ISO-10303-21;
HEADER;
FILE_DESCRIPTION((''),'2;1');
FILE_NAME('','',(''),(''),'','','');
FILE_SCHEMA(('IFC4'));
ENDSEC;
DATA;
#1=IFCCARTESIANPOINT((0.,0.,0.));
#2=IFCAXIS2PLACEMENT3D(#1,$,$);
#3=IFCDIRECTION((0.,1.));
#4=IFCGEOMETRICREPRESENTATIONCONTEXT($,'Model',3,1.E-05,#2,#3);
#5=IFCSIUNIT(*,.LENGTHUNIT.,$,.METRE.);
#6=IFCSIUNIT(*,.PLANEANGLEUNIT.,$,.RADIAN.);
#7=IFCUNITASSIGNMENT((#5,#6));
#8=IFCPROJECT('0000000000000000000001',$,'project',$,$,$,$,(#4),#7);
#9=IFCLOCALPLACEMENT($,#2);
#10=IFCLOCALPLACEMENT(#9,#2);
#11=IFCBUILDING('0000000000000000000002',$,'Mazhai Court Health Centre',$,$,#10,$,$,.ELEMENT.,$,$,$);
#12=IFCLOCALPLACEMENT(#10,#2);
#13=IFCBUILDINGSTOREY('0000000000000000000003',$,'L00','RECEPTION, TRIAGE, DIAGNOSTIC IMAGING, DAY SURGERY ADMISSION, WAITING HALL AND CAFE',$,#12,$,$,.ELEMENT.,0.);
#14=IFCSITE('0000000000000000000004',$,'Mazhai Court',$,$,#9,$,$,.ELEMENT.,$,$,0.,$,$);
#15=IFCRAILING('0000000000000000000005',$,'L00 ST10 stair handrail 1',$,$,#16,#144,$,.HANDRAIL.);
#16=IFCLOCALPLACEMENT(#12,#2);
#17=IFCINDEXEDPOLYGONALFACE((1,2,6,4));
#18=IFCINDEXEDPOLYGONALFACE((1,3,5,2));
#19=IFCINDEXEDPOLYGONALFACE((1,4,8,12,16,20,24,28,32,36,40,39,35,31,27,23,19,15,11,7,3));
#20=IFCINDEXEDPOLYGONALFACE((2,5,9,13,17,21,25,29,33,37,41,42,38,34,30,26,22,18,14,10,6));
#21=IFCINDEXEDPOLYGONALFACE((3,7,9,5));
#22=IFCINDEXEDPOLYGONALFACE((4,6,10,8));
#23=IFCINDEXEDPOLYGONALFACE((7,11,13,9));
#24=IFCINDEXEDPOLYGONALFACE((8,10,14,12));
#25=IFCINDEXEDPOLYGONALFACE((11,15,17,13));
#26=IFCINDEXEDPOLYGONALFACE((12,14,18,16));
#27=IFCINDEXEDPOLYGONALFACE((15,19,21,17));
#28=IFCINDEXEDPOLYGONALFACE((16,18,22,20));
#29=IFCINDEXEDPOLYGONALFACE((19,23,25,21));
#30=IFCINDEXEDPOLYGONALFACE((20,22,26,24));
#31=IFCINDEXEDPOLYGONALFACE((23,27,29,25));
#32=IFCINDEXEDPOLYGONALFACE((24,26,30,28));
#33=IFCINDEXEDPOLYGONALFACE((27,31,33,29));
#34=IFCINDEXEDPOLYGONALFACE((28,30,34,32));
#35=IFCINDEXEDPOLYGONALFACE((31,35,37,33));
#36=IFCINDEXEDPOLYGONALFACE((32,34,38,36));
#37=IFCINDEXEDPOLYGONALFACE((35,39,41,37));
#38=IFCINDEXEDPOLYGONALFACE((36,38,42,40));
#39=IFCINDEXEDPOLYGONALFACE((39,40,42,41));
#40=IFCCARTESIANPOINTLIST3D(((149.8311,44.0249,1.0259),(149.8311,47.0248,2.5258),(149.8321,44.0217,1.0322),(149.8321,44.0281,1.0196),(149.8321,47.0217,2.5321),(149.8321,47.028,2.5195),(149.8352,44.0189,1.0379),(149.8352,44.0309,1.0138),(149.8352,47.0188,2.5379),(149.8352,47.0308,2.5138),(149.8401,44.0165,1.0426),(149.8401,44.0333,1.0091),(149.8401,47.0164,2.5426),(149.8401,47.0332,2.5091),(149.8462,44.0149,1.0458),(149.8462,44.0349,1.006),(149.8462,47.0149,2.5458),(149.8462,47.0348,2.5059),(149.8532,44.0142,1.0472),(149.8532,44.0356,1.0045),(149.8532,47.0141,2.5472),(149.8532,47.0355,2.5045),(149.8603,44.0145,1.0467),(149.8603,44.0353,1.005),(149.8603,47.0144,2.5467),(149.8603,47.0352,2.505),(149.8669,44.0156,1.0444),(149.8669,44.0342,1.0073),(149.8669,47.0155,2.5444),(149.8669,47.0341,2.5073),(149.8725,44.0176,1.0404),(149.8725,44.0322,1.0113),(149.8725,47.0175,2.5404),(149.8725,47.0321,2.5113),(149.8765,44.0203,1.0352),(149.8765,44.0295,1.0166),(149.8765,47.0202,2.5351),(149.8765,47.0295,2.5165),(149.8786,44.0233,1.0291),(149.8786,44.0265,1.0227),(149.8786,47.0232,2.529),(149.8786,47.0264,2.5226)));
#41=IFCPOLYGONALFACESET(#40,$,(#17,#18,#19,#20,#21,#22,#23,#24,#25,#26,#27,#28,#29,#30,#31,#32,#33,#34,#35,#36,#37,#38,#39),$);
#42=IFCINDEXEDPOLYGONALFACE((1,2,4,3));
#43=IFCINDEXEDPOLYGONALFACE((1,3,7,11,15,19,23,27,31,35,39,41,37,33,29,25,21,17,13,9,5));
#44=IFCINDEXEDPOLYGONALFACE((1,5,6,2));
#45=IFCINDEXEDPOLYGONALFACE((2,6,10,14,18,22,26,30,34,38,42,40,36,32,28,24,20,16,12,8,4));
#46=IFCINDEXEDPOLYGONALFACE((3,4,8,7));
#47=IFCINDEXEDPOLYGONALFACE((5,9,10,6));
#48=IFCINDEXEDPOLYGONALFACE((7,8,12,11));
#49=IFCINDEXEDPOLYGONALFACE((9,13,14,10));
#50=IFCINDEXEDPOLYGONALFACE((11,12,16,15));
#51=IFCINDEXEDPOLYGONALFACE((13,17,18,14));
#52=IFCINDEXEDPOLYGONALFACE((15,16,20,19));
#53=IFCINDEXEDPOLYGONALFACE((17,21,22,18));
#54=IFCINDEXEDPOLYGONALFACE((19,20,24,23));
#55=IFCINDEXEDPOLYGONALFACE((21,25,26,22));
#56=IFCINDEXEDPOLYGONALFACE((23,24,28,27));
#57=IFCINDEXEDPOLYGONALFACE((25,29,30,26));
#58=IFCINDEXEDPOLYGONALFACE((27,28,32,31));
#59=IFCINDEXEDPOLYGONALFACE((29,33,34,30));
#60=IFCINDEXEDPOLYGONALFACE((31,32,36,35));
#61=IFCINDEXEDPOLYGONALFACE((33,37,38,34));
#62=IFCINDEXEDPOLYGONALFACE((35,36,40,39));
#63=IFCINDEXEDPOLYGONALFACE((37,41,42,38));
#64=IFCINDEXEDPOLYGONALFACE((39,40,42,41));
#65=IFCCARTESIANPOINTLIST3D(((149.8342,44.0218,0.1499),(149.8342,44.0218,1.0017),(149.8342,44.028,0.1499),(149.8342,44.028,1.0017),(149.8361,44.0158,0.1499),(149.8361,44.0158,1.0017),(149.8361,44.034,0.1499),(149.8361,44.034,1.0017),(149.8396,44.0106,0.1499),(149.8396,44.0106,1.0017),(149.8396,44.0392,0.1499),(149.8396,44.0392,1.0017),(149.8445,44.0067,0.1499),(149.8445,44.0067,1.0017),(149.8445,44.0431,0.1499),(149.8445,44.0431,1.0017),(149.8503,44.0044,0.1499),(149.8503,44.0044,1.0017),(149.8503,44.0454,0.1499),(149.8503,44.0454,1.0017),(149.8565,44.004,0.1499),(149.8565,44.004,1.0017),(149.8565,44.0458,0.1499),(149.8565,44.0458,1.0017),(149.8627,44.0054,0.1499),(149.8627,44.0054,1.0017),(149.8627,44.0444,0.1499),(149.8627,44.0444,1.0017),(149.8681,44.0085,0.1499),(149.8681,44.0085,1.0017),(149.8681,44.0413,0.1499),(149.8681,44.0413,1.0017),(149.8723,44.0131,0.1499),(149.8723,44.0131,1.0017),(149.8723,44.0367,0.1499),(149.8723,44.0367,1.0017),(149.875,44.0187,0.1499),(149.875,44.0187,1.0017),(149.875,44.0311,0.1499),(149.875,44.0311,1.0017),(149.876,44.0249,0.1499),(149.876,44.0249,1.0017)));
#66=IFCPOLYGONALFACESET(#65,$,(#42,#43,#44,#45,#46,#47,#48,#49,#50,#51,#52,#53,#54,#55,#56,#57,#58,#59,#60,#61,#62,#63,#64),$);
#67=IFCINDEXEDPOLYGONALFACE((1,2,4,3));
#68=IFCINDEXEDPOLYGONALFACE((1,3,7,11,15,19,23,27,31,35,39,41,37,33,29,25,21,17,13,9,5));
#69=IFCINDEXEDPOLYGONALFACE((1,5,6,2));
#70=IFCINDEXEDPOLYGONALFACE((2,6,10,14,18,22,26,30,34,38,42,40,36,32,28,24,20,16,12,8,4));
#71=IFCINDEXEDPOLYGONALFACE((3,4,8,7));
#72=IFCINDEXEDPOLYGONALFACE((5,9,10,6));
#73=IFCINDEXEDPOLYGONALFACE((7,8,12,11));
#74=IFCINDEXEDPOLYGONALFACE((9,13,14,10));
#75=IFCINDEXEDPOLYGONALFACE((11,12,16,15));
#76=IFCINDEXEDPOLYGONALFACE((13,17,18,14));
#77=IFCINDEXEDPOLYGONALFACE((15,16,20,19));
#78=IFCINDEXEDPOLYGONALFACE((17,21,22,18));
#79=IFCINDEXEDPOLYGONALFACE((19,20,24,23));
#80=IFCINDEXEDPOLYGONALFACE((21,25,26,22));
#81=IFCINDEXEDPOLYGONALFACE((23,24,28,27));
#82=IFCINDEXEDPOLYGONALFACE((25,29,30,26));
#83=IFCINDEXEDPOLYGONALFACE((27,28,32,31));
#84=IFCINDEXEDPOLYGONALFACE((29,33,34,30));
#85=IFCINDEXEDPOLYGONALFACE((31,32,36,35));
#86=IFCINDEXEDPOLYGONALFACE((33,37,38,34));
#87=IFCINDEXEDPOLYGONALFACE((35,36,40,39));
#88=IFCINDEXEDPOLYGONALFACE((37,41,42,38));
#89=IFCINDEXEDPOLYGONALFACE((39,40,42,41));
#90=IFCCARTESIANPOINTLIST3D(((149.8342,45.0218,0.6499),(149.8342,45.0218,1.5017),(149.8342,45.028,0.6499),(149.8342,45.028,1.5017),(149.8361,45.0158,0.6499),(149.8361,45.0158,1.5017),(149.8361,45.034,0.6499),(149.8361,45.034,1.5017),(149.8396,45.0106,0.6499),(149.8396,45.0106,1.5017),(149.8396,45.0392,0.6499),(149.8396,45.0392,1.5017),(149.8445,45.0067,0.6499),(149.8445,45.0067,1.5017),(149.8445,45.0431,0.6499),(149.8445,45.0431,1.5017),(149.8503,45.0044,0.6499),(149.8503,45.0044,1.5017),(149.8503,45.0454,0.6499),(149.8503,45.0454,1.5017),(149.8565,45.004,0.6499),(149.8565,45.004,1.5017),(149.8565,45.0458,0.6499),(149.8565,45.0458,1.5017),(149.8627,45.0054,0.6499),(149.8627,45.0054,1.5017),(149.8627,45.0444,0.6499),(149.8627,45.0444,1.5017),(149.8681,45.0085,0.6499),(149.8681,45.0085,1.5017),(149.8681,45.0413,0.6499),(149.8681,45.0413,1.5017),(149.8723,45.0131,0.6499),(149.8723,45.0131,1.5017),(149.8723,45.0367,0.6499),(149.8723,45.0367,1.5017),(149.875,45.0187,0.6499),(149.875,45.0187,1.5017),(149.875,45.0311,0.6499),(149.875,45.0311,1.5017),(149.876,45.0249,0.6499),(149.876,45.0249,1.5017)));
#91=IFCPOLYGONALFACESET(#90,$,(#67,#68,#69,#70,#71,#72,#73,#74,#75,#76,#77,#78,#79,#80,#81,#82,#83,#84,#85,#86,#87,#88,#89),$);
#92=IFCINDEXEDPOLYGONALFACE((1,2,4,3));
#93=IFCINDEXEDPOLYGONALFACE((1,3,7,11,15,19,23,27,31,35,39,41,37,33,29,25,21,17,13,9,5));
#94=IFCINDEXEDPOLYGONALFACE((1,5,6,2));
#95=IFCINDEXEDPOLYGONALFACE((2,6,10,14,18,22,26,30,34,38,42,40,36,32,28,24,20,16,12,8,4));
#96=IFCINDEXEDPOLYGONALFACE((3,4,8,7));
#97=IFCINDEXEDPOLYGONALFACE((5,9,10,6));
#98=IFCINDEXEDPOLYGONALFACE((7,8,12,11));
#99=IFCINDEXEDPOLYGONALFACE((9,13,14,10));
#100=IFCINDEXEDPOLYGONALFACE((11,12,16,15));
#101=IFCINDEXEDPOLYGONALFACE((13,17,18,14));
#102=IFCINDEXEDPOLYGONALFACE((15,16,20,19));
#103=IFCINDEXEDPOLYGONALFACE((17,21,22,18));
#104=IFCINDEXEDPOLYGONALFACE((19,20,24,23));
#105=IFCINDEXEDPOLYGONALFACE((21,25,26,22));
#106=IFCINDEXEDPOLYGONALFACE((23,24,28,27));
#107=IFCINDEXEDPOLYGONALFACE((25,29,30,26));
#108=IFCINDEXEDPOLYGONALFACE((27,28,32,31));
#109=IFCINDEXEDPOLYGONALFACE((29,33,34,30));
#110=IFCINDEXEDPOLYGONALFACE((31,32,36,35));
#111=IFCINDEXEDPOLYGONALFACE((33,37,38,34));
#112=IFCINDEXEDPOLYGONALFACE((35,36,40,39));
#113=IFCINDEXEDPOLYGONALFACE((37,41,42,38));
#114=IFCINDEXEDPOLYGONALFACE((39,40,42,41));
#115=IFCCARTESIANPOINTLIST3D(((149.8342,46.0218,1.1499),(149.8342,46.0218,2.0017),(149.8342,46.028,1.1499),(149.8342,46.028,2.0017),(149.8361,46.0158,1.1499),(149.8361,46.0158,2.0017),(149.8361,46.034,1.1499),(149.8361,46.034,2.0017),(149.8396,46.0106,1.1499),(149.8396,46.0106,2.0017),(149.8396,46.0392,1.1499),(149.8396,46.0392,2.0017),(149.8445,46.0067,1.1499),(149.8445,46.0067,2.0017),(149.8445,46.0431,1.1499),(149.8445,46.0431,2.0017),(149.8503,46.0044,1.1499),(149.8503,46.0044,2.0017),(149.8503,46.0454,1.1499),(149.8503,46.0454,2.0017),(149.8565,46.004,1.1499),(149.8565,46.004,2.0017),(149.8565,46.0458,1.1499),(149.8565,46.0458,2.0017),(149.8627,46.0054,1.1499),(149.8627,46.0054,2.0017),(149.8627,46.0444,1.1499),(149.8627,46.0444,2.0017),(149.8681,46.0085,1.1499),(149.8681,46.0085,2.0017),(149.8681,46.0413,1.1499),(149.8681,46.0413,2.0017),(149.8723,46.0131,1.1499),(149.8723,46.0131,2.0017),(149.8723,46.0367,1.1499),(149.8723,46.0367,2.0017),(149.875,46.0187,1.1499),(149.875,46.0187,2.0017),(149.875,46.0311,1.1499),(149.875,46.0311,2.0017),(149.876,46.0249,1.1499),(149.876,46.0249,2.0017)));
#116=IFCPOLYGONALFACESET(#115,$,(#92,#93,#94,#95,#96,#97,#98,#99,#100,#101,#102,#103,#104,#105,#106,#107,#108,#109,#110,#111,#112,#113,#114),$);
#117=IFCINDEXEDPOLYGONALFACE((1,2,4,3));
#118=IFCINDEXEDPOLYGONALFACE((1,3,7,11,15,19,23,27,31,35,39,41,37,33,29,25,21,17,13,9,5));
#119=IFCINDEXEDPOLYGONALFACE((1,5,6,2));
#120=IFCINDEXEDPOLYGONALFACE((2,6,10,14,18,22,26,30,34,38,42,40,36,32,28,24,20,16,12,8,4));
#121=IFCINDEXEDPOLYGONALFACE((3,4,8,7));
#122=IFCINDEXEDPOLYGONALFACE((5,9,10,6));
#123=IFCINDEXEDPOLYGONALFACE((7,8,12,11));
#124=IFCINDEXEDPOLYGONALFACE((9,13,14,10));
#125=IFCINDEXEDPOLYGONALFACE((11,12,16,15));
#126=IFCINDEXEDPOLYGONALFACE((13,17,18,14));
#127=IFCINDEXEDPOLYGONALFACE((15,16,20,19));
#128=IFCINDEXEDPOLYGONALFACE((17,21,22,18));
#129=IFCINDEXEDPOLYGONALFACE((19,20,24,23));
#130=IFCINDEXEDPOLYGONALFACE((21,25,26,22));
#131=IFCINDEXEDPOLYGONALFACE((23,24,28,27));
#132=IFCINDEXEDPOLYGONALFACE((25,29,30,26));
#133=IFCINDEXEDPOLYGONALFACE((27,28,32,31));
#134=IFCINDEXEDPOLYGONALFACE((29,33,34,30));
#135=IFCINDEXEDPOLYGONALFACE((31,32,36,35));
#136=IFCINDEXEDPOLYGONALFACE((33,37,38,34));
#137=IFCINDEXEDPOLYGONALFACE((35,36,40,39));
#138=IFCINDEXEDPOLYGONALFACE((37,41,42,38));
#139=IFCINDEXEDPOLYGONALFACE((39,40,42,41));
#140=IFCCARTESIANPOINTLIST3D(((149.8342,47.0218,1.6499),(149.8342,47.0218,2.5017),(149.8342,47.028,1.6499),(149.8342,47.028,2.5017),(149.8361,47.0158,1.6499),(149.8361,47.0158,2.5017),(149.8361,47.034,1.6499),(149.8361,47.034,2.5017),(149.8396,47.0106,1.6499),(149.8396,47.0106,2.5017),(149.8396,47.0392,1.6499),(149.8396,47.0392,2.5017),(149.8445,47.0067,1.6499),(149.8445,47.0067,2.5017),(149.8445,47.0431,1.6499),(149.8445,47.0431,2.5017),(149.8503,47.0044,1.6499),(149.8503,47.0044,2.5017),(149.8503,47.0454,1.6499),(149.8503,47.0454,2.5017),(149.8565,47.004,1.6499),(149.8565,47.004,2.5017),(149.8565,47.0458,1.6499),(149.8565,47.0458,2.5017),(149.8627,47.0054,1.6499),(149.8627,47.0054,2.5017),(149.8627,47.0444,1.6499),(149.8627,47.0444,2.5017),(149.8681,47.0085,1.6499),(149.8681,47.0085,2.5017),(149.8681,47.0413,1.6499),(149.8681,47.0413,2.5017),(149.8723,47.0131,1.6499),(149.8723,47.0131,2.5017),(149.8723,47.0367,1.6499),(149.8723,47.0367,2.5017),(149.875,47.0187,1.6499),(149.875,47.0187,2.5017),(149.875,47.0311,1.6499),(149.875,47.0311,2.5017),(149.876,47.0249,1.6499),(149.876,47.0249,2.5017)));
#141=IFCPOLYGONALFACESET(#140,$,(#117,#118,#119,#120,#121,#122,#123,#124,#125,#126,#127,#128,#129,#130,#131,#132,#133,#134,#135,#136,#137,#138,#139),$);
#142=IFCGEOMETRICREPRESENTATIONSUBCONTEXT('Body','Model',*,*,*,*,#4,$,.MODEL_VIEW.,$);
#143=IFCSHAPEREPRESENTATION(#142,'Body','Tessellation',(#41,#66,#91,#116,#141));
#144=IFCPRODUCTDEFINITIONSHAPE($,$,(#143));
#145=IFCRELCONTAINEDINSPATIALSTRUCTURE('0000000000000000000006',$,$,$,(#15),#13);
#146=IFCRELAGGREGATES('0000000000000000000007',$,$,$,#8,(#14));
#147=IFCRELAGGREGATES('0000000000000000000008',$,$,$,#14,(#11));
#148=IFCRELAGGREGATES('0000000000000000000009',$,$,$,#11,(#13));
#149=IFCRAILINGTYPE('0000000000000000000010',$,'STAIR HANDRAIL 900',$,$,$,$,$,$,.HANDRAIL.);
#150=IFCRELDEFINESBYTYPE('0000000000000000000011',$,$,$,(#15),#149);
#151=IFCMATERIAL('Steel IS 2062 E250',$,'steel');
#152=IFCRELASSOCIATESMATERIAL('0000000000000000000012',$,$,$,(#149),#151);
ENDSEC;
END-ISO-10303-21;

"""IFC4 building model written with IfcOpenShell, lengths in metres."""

from ifc_helpers import new_model, si_unit, direction, frame, origin, origin_2d, place, context, subcontext, project, spatial, circle, extrude, material, type_object, element, save


model = new_model("IFC4")

# Units and contexts
model_context = context("Model", 3, precision=1e-05, world=origin(), true_north=direction((0.0, 1.0)))
body_context = subcontext(model_context, "Body", "Model", "MODEL_VIEW")
ifc_project = project(units=[si_unit("LENGTHUNIT", "METRE"), si_unit("PLANEANGLEUNIT", "RADIAN")], contexts=[model_context])

# Site, building, storey
site_placement = place(None, origin())
site = spatial("IfcSite", under=ifc_project, at=site_placement, Name="Mazhai Court", CompositionType="ELEMENT", RefElevation=0.0)
building_placement = place(site_placement, origin())
building = spatial("IfcBuilding", under=site, at=building_placement, Name="Mazhai Court Health Centre", CompositionType="ELEMENT")
storey_placement = place(building_placement, origin())
storey = spatial("IfcBuildingStorey", under=building, at=storey_placement, Name="L00", Description="RECEPTION, TRIAGE, DIAGNOSTIC IMAGING, DAY SURGERY ADMISSION, WAITING HALL AND CAFE", CompositionType="ELEMENT", Elevation=0.0)

# Railing
ifc_material_1 = material(Name="Steel IS 2062 E250", Category="steel")
railing_type_1 = type_object("IfcRailingType", Name="STAIR HANDRAIL 900", PredefinedType="HANDRAIL", material=ifc_material_1)
railing_1_placement = place(storey_placement, frame((149.855, 44.0249, 0.1499)))
element("IfcRailing", 1, at=railing_1_placement, inside=storey, type_object=railing_type_1, Name="L00 ST10 stair handrail 1", PredefinedType="HANDRAIL", context=body_context, shape_type="SweptSolid", body=[
    extrude(circle(Radius=0.0239, at=origin_2d()), frame((0.0, 0.0, 0.876), z_axis=(0.0, 0.894427, 0.447214), x_axis=(-1.0, 0.0, 0.0)), (0.0, 0.0, 1.0), 3.354),
    extrude(circle(Radius=0.021, at=origin_2d()), origin(), (0.0, 0.0, 1.0), 0.8518),
    extrude(circle(Radius=0.021, at=origin_2d()), frame((0.0, 1.0, 0.5)), (0.0, 0.0, 1.0), 0.8518),
    extrude(circle(Radius=0.021, at=origin_2d()), frame((0.0, 2.0, 1.0)), (0.0, 0.0, 1.0), 0.8518),
    extrude(circle(Radius=0.021, at=origin_2d()), frame((0.0, 3.0, 1.5)), (0.0, 0.0, 1.0), 0.8518),
])

save(model, "model.ifc")
